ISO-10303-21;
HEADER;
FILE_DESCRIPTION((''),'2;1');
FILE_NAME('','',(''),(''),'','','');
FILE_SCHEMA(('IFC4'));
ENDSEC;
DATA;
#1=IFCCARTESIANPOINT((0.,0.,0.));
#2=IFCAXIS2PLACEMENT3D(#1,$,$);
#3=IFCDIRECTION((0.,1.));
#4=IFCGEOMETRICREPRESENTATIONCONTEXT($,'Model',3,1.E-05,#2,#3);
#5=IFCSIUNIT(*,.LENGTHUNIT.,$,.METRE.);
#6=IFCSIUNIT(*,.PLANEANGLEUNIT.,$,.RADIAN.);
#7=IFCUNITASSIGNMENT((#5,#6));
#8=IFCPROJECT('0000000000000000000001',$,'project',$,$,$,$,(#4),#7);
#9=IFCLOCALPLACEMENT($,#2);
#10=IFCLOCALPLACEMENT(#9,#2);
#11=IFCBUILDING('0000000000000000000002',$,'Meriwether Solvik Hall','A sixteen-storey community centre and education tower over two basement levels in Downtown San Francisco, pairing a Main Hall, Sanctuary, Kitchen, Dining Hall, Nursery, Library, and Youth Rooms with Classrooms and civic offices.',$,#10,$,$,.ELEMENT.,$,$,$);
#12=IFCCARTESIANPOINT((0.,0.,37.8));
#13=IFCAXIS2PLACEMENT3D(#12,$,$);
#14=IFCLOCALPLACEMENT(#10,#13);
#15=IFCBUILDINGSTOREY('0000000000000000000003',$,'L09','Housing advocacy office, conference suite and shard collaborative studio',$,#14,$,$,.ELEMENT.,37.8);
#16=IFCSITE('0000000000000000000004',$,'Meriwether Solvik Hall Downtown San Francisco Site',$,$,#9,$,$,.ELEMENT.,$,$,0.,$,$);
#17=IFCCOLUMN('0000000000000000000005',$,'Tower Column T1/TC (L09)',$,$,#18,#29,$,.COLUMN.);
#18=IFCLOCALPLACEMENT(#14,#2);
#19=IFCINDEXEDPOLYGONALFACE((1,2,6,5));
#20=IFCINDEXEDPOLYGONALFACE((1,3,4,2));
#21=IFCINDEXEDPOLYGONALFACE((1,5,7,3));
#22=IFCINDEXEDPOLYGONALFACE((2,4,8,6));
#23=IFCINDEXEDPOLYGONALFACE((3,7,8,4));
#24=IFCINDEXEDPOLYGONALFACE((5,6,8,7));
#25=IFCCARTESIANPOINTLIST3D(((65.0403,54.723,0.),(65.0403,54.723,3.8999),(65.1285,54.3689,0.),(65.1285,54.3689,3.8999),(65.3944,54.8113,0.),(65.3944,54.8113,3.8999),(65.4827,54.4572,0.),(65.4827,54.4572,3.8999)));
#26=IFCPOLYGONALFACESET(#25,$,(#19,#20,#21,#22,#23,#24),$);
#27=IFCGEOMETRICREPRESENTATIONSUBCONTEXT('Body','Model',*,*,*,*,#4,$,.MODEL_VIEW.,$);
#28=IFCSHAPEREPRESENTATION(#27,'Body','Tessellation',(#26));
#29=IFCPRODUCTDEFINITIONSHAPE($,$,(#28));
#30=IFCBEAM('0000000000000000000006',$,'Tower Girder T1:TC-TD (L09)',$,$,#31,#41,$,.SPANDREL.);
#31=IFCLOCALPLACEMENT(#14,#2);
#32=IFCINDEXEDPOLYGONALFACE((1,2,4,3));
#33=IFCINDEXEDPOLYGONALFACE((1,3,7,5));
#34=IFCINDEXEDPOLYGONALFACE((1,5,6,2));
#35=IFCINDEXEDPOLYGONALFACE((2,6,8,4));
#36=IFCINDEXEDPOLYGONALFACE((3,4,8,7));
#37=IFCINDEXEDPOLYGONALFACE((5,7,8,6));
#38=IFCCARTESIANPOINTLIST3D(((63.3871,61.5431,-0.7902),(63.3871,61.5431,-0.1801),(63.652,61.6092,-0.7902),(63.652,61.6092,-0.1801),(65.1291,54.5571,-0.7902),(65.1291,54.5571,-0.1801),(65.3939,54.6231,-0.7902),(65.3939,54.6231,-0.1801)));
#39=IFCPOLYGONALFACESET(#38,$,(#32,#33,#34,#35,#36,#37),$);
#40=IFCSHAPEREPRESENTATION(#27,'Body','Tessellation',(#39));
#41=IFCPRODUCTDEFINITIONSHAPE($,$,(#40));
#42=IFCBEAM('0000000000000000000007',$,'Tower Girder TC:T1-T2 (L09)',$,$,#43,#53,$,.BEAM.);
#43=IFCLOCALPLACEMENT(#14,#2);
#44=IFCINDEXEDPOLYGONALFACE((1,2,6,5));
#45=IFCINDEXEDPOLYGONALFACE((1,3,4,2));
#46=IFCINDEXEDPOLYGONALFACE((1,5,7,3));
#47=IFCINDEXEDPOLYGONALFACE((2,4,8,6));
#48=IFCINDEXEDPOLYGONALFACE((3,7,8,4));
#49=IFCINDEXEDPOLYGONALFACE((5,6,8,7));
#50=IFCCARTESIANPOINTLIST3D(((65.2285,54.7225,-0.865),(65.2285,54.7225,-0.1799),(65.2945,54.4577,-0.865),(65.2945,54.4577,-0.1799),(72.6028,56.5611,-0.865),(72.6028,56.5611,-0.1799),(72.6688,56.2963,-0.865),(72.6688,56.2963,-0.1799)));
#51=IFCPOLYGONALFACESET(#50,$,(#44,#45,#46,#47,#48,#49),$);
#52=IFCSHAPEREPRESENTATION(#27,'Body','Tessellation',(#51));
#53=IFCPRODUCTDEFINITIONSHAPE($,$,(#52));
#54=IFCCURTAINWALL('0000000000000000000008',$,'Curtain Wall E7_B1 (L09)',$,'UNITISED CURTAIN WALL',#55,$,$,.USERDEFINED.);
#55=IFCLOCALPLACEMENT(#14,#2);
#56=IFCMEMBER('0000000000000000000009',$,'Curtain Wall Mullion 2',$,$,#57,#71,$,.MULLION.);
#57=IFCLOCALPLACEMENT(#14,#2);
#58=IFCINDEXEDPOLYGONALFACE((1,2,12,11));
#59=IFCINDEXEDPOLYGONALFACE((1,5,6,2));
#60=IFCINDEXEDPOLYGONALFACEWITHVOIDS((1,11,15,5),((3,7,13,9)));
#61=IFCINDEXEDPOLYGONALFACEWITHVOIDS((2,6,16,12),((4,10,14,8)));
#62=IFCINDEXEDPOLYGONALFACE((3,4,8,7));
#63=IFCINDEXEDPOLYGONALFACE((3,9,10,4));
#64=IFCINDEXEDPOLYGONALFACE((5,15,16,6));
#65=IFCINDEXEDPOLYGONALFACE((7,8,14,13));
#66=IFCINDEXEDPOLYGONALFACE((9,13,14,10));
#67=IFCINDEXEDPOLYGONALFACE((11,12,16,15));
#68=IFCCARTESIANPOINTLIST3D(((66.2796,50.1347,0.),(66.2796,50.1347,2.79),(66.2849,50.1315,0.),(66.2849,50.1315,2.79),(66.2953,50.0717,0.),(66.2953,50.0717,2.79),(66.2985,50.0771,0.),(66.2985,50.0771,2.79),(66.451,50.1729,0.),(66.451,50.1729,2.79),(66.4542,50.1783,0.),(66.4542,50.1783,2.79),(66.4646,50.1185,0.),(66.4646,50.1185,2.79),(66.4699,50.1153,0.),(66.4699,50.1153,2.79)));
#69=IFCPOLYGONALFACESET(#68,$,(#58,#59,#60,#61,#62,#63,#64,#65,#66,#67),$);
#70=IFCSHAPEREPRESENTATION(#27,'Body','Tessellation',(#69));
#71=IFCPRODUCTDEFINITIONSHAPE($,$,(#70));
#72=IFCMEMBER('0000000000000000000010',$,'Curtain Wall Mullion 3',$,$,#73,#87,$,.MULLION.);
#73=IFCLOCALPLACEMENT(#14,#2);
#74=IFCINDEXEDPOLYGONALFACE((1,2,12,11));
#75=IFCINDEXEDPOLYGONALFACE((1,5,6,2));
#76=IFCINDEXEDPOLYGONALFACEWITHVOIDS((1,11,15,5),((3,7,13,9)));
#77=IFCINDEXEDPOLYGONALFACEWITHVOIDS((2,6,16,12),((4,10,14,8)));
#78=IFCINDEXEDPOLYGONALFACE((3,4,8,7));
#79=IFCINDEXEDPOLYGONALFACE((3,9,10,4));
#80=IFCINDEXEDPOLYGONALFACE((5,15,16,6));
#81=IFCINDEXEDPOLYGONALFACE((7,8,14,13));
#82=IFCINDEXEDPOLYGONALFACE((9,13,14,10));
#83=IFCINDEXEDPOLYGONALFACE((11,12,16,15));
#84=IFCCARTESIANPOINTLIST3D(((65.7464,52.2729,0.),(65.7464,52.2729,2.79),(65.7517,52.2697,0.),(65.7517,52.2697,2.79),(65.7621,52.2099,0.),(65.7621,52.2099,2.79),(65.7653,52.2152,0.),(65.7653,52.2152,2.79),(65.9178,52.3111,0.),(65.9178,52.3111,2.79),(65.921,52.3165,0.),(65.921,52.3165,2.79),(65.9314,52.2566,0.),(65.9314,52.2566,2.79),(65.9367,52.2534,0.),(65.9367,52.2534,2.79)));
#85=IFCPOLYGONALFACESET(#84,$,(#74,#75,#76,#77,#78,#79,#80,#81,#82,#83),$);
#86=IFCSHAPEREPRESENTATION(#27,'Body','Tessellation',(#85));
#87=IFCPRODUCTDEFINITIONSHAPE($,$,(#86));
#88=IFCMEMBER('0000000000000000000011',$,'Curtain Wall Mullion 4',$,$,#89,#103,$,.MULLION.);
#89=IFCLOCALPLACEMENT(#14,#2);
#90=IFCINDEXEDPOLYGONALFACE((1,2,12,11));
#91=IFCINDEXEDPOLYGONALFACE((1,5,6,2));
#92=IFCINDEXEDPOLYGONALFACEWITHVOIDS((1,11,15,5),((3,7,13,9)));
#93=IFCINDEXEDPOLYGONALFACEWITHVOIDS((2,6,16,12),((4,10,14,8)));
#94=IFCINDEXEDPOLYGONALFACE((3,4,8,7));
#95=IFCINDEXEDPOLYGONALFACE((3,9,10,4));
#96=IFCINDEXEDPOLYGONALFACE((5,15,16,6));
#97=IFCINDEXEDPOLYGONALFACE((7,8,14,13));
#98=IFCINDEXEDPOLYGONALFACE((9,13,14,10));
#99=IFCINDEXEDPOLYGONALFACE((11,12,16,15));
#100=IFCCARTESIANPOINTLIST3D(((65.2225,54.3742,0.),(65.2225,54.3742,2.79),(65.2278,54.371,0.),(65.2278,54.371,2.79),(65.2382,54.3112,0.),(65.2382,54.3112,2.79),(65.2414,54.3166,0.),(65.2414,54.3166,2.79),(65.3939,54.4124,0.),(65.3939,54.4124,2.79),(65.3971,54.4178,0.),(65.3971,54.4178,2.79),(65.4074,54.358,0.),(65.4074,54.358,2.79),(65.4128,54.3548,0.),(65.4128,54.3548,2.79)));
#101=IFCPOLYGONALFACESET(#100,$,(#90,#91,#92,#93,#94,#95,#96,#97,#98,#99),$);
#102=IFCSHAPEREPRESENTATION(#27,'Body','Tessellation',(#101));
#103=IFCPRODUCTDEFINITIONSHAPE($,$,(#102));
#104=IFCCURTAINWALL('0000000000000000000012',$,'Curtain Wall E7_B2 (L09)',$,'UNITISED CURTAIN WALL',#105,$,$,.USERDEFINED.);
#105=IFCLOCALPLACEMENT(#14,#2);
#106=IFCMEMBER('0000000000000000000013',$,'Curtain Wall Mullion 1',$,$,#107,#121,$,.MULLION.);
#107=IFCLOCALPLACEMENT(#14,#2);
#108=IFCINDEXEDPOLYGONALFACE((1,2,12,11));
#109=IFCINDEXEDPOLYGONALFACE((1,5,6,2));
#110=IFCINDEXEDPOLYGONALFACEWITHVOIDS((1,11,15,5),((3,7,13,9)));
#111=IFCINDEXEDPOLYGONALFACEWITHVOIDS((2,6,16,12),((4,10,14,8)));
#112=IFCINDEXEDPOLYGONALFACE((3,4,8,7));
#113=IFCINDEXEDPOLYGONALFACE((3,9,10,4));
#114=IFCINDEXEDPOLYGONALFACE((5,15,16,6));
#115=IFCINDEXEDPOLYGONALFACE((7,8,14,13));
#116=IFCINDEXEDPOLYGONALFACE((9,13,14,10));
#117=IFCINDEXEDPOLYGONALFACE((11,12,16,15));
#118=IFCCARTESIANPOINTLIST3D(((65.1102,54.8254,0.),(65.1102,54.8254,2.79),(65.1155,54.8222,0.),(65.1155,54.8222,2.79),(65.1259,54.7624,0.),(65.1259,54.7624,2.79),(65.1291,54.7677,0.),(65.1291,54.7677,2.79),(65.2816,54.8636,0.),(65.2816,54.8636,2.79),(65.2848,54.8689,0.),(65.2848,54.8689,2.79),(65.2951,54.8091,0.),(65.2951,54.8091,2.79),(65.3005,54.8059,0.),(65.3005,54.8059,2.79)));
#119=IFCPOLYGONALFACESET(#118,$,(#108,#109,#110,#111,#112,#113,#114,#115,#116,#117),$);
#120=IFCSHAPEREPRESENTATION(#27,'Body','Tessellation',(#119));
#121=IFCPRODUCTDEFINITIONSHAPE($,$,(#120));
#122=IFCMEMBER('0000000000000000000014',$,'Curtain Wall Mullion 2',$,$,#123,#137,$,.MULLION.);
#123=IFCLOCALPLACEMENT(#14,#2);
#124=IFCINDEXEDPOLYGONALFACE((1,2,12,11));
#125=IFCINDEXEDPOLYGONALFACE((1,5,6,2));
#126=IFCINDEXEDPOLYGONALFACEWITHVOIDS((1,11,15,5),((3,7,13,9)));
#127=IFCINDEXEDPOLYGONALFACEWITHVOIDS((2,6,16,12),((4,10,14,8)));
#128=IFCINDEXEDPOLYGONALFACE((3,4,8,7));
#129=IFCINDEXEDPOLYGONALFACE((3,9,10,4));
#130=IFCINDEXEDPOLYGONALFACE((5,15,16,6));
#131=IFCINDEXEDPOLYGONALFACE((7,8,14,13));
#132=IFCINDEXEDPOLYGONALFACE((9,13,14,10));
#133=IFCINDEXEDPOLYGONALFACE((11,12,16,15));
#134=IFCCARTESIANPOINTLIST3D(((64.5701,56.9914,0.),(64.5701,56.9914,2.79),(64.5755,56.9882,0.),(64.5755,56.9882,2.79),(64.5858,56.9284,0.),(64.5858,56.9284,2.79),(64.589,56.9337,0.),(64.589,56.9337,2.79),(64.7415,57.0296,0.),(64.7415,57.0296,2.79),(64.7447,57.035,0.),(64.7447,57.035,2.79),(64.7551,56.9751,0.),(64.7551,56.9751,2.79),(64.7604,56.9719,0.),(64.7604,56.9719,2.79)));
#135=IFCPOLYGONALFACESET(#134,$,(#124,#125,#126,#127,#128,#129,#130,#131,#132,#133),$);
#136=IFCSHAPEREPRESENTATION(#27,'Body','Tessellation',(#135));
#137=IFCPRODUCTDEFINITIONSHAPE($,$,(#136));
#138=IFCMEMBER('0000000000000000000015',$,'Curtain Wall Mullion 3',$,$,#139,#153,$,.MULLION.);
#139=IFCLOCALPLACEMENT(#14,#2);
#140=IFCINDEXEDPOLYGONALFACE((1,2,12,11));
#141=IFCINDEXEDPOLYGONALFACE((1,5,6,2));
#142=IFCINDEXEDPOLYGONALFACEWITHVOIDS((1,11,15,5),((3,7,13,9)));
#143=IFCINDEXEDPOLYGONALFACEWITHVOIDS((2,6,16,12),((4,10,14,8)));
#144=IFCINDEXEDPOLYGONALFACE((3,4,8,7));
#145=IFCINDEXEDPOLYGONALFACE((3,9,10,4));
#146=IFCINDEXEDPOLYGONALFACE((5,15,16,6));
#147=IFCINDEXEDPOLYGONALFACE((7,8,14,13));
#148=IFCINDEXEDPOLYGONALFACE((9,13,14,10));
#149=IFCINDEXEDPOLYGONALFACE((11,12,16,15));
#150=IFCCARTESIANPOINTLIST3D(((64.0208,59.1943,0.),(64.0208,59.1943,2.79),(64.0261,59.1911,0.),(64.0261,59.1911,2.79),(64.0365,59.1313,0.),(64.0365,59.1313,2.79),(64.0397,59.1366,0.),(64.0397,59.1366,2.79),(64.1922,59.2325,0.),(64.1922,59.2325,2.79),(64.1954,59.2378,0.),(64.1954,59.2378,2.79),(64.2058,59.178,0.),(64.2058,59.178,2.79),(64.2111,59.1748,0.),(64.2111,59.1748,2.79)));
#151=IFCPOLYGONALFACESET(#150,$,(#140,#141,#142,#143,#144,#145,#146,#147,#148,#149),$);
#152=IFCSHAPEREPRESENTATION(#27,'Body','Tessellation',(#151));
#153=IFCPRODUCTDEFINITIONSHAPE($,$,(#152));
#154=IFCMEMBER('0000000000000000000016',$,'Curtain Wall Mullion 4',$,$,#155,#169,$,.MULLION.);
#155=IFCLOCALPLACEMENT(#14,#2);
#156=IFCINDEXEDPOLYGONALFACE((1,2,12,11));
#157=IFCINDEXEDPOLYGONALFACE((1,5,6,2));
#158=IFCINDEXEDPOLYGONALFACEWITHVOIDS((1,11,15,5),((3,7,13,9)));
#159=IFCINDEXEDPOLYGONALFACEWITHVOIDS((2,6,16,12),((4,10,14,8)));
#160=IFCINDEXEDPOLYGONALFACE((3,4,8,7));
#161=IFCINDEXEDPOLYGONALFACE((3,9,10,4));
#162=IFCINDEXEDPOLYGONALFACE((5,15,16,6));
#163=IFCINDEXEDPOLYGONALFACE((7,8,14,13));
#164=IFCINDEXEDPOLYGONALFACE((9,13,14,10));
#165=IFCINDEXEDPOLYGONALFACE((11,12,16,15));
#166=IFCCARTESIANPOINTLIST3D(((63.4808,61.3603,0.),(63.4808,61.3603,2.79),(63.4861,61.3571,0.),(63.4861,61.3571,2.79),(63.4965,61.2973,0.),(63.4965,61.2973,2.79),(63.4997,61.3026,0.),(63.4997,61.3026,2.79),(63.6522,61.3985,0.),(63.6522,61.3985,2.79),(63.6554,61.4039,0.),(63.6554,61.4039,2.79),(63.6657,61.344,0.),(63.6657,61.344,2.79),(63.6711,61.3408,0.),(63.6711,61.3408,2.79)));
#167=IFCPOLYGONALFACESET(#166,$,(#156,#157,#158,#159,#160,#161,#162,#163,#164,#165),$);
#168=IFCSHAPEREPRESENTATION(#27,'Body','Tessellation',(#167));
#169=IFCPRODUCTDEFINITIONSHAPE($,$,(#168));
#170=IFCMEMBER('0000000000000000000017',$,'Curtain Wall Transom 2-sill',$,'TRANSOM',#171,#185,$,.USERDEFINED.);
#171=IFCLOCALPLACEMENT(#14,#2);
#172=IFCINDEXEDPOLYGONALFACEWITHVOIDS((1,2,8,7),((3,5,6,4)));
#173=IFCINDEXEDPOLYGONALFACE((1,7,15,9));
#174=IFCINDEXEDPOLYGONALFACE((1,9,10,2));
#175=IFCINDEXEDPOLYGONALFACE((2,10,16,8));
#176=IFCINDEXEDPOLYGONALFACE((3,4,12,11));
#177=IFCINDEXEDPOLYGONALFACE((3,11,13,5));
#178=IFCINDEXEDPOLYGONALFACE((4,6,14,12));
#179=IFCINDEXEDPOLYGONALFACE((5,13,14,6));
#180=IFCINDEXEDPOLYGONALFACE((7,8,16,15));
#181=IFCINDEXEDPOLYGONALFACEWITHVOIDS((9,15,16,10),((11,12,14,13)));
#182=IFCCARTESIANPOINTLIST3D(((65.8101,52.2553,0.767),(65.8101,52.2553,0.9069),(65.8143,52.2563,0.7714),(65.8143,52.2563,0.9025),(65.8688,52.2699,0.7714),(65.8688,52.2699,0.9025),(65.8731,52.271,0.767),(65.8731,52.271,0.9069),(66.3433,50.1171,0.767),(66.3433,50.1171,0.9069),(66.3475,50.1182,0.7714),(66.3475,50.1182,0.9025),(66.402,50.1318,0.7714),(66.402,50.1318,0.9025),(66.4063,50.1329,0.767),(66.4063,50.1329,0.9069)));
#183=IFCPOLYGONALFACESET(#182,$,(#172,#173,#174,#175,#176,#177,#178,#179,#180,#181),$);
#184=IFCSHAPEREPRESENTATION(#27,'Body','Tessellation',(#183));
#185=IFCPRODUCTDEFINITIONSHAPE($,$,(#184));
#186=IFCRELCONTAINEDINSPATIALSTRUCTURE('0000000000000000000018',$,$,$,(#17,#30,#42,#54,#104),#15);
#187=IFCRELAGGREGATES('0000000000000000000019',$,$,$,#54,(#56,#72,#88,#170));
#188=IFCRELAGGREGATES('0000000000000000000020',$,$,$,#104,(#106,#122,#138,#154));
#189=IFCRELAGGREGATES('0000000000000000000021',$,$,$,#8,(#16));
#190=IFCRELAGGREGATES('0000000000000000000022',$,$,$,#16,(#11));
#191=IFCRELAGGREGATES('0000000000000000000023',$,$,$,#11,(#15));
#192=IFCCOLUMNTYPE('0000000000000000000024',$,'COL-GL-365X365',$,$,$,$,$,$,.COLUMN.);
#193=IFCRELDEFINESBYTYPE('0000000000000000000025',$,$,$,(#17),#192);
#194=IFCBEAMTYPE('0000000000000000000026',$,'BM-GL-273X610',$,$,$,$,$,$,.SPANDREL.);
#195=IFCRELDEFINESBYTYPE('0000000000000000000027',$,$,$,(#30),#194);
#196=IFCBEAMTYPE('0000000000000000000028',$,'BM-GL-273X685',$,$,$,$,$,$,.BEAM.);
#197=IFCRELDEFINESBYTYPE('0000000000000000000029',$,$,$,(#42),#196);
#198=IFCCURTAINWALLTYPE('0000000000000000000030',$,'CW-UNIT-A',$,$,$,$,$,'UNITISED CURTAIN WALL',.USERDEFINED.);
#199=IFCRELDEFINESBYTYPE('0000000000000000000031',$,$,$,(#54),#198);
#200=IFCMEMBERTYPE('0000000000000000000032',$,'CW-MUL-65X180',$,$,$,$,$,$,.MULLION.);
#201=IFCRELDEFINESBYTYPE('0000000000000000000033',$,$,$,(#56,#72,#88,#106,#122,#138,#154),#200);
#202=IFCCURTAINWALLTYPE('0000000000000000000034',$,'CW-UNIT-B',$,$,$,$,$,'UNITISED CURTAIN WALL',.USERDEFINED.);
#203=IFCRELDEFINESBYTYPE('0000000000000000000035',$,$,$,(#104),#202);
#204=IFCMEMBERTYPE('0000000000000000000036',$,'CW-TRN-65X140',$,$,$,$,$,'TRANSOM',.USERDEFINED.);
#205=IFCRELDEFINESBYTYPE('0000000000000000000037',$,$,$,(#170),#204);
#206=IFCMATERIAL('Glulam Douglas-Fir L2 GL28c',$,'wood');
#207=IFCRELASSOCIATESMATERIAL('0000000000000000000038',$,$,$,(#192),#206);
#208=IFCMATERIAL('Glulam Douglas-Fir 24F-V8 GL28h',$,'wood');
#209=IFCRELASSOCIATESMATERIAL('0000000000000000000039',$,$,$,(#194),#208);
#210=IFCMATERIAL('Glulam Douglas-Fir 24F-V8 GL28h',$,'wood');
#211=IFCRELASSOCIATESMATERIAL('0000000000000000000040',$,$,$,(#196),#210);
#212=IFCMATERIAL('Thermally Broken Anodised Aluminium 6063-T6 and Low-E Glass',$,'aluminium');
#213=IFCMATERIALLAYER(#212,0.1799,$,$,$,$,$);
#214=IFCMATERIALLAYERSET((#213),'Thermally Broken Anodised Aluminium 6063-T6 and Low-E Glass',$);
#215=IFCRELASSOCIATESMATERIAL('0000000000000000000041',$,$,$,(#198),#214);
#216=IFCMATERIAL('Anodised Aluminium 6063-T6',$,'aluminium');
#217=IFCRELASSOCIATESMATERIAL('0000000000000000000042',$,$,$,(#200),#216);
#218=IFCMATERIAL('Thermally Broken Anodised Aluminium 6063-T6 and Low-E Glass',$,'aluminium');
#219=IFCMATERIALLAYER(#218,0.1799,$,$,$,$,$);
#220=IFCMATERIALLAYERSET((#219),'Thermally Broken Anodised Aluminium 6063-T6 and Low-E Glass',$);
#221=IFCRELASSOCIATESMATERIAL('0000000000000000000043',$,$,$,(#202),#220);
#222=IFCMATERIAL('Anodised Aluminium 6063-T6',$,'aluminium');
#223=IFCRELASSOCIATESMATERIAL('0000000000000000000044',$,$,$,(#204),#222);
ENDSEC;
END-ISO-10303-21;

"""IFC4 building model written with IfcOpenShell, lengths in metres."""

from ifc_helpers import new_model, si_unit, direction, frame, origin, origin_2d, place, context, subcontext, project, spatial, rectangle, hollow_rectangle, extrude, material, layer, layer_set, material_profile, profile_set, type_object, element, aggregate, save


model = new_model("IFC4")

# Units and contexts
model_context = context("Model", 3, precision=1e-05, world=origin(), true_north=direction((0.0, 1.0)))
body_context = subcontext(model_context, "Body", "Model", "MODEL_VIEW")
ifc_project = project(units=[si_unit("LENGTHUNIT", "METRE"), si_unit("PLANEANGLEUNIT", "RADIAN")], contexts=[model_context])

# Site, building, storey
site_placement = place(None, origin())
site = spatial("IfcSite", under=ifc_project, at=site_placement, Name="Meriwether Solvik Hall Downtown San Francisco Site", CompositionType="ELEMENT", RefElevation=0.0)
building_placement = place(site_placement, origin())
building = spatial("IfcBuilding", under=site, at=building_placement, Name="Meriwether Solvik Hall", Description="A sixteen-storey community centre and education tower over two basement levels in Downtown San Francisco, pairing a Main Hall, Sanctuary, Kitchen, Dining Hall, Nursery, Library, and Youth Rooms with Classrooms and civic offices.", CompositionType="ELEMENT")
storey_placement = place(building_placement, frame((0.0, 0.0, 37.8)))
storey = spatial("IfcBuildingStorey", under=building, at=storey_placement, Name="L09", Description="Housing advocacy office, conference suite and shard collaborative studio", CompositionType="ELEMENT", Elevation=37.8)

# Column
ifc_material_1 = material(Name="Glulam Douglas-Fir L2 GL28c", Category="wood")
ifc_material_profile_1 = material_profile(ifc_material_1, rectangle(XDim=0.365, YDim=0.365, at=origin_2d()), Name="GLC-365X365")
ifc_profile_set_1 = profile_set([ifc_material_profile_1], Name="Glulam Douglas-Fir L2 GL28c")
column_type = type_object("IfcColumnType", Name="COL-GL-365X365", PredefinedType="COLUMN", material=ifc_profile_set_1)
column_placement = place(storey_placement, frame((65.2615, 54.5901, 0.0), z_axis=(0.0, 0.0, 1.0), x_axis=(0.970296, 0.241922, 0.0)))
element("IfcColumn", 1, at=column_placement, inside=storey, type_object=column_type, Name="Tower Column T1/TC (L09)", PredefinedType="COLUMN", context=body_context, shape_type="SweptSolid", body=[
    extrude(rectangle(XDim=0.365, YDim=0.365, at=origin_2d()), origin(), (0.0, 0.0, 1.0), 3.8999),
])

# Beams
ifc_material_2 = material(Name="Glulam Douglas-Fir 24F-V8 GL28h", Category="wood")
ifc_material_profile_2 = material_profile(ifc_material_2, rectangle(XDim=0.2729, YDim=0.6101, at=origin_2d()), Name="GLB-273X610")
ifc_profile_set_2 = profile_set([ifc_material_profile_2], Name="Glulam Douglas-Fir 24F-V8 GL28h")
beam_type_1 = type_object("IfcBeamType", Name="BM-GL-273X610", PredefinedType="SPANDREL", material=ifc_profile_set_2)
beam_1_placement = place(storey_placement, frame((65.2615, 54.5901, -0.4851), z_axis=(-0.241937, 0.970292, 0.0), x_axis=(-0.970292, -0.241937, 0.0)))
element("IfcBeam", 2, at=beam_1_placement, inside=storey, type_object=beam_type_1, Name="Tower Girder T1:TC-TD (L09)", PredefinedType="SPANDREL", context=body_context, shape_type="SweptSolid", body=[
    extrude(rectangle(XDim=0.2729, YDim=0.6101, at=origin_2d()), origin(), (0.0, 0.0, 1.0), 7.2),
])
ifc_material_3 = material(Name="Glulam Douglas-Fir 24F-V8 GL28h", Category="wood")
ifc_material_profile_3 = material_profile(ifc_material_3, rectangle(XDim=0.2729, YDim=0.6851, at=origin_2d()), Name="GLB-273X685")
ifc_profile_set_3 = profile_set([ifc_material_profile_3], Name="Glulam Douglas-Fir 24F-V8 GL28h")
beam_type_2 = type_object("IfcBeamType", Name="BM-GL-273X685", PredefinedType="BEAM", material=ifc_profile_set_3)
beam_2_placement = place(storey_placement, frame((65.2615, 54.5901, -0.5225), z_axis=(0.970295, 0.241923, 0.0), x_axis=(-0.241923, 0.970295, 0.0)))
element("IfcBeam", 3, at=beam_2_placement, inside=storey, type_object=beam_type_2, Name="Tower Girder TC:T1-T2 (L09)", PredefinedType="BEAM", context=body_context, shape_type="SweptSolid", body=[
    extrude(rectangle(XDim=0.2729, YDim=0.6851, at=origin_2d()), origin(), (0.0, 0.0, 1.0), 7.6001),
])

# Curtain walls, members
ifc_material_4 = material(Name="Thermally Broken Anodised Aluminium 6063-T6 and Low-E Glass", Category="aluminium")
ifc_layer_1 = layer(ifc_material_4, 0.1799)
ifc_layer_set_1 = layer_set([ifc_layer_1], Name="Thermally Broken Anodised Aluminium 6063-T6 and Low-E Glass")
curtain_wall_type_1 = type_object("IfcCurtainWallType", Name="CW-UNIT-A", ElementType="UNITISED CURTAIN WALL", PredefinedType="USERDEFINED", material=ifc_layer_set_1)
curtain_wall_1_placement = place(storey_placement, origin())
curtain_wall_1 = element("IfcCurtainWall", 4, at=curtain_wall_1_placement, inside=storey, type_object=curtain_wall_type_1, Name="Curtain Wall E7_B1 (L09)", ObjectType="UNITISED CURTAIN WALL", PredefinedType="USERDEFINED")
ifc_material_5 = material(Name="Anodised Aluminium 6063-T6", Category="aluminium")
ifc_material_profile_4 = material_profile(ifc_material_5, hollow_rectangle(XDim=0.0649, YDim=0.1799, WallThickness=0.0044, at=origin_2d()), Name="CWM-65X180")
ifc_profile_set_4 = profile_set([ifc_material_profile_4], Name="Anodised Aluminium 6063-T6")
member_type_1 = type_object("IfcMemberType", Name="CW-MUL-65X180", PredefinedType="MULLION", material=ifc_profile_set_4)
member_1_placement = place(storey_placement, frame((66.3748, 50.125, 0.0), z_axis=(0.0, 0.0, 1.0), x_axis=(-0.241922, 0.970296, 0.0)))
member_1 = element("IfcMember", 5, at=member_1_placement, type_object=member_type_1, Name="Curtain Wall Mullion 2", PredefinedType="MULLION", context=body_context, shape_type="SweptSolid", body=[
    extrude(hollow_rectangle(XDim=0.0649, YDim=0.1799, WallThickness=0.0044, at=origin_2d()), origin(), (0.0, 0.0, 1.0), 2.79),
])
member_2_placement = place(storey_placement, frame((65.8416, 52.2632, 0.0), z_axis=(0.0, 0.0, 1.0), x_axis=(-0.241922, 0.970296, 0.0)))
member_2 = element("IfcMember", 6, at=member_2_placement, type_object=member_type_1, Name="Curtain Wall Mullion 3", PredefinedType="MULLION", context=body_context, shape_type="SweptSolid", body=[
    extrude(hollow_rectangle(XDim=0.0649, YDim=0.1799, WallThickness=0.0044, at=origin_2d()), origin(), (0.0, 0.0, 1.0), 2.79),
])
member_3_placement = place(storey_placement, frame((65.3176, 54.3645, 0.0), z_axis=(0.0, 0.0, 1.0), x_axis=(-0.241922, 0.970296, 0.0)))
member_3 = element("IfcMember", 7, at=member_3_placement, type_object=member_type_1, Name="Curtain Wall Mullion 4", PredefinedType="MULLION", context=body_context, shape_type="SweptSolid", body=[
    extrude(hollow_rectangle(XDim=0.0649, YDim=0.1799, WallThickness=0.0044, at=origin_2d()), origin(), (0.0, 0.0, 1.0), 2.79),
])
ifc_material_6 = material(Name="Thermally Broken Anodised Aluminium 6063-T6 and Low-E Glass", Category="aluminium")
ifc_layer_2 = layer(ifc_material_6, 0.1799)
ifc_layer_set_2 = layer_set([ifc_layer_2], Name="Thermally Broken Anodised Aluminium 6063-T6 and Low-E Glass")
curtain_wall_type_2 = type_object("IfcCurtainWallType", Name="CW-UNIT-B", ElementType="UNITISED CURTAIN WALL", PredefinedType="USERDEFINED", material=ifc_layer_set_2)
curtain_wall_2_placement = place(storey_placement, origin())
curtain_wall_2 = element("IfcCurtainWall", 8, at=curtain_wall_2_placement, inside=storey, type_object=curtain_wall_type_2, Name="Curtain Wall E7_B2 (L09)", ObjectType="UNITISED CURTAIN WALL", PredefinedType="USERDEFINED")
member_4_placement = place(storey_placement, frame((65.2053, 54.8157, 0.0), z_axis=(0.0, 0.0, 1.0), x_axis=(-0.241922, 0.970296, 0.0)))
member_4 = element("IfcMember", 9, at=member_4_placement, type_object=member_type_1, Name="Curtain Wall Mullion 1", PredefinedType="MULLION", context=body_context, shape_type="SweptSolid", body=[
    extrude(hollow_rectangle(XDim=0.0649, YDim=0.1799, WallThickness=0.0044, at=origin_2d()), origin(), (0.0, 0.0, 1.0), 2.79),
])
member_5_placement = place(storey_placement, frame((64.6653, 56.9817, 0.0), z_axis=(0.0, 0.0, 1.0), x_axis=(-0.241922, 0.970296, 0.0)))
member_5 = element("IfcMember", 10, at=member_5_placement, type_object=member_type_1, Name="Curtain Wall Mullion 2", PredefinedType="MULLION", context=body_context, shape_type="SweptSolid", body=[
    extrude(hollow_rectangle(XDim=0.0649, YDim=0.1799, WallThickness=0.0044, at=origin_2d()), origin(), (0.0, 0.0, 1.0), 2.79),
])
member_6_placement = place(storey_placement, frame((64.116, 59.1846, 0.0), z_axis=(0.0, 0.0, 1.0), x_axis=(-0.241922, 0.970296, 0.0)))
member_6 = element("IfcMember", 11, at=member_6_placement, type_object=member_type_1, Name="Curtain Wall Mullion 3", PredefinedType="MULLION", context=body_context, shape_type="SweptSolid", body=[
    extrude(hollow_rectangle(XDim=0.0649, YDim=0.1799, WallThickness=0.0044, at=origin_2d()), origin(), (0.0, 0.0, 1.0), 2.79),
])
member_7_placement = place(storey_placement, frame((63.5759, 61.3506, 0.0), z_axis=(0.0, 0.0, 1.0), x_axis=(-0.241922, 0.970296, 0.0)))
member_7 = element("IfcMember", 12, at=member_7_placement, type_object=member_type_1, Name="Curtain Wall Mullion 4", PredefinedType="MULLION", context=body_context, shape_type="SweptSolid", body=[
    extrude(hollow_rectangle(XDim=0.0649, YDim=0.1799, WallThickness=0.0044, at=origin_2d()), origin(), (0.0, 0.0, 1.0), 2.79),
])

# Member
ifc_material_7 = material(Name="Anodised Aluminium 6063-T6", Category="aluminium")
ifc_material_profile_5 = material_profile(ifc_material_7, hollow_rectangle(XDim=0.0649, YDim=0.1399, WallThickness=0.0044, at=origin_2d()), Name="CWT-65X140")
ifc_profile_set_5 = profile_set([ifc_material_profile_5], Name="Anodised Aluminium 6063-T6")
member_type_2 = type_object("IfcMemberType", Name="CW-TRN-65X140", ElementType="TRANSOM", PredefinedType="USERDEFINED", material=ifc_profile_set_5)
member_8_placement = place(storey_placement, frame((66.3748, 50.125, 0.8369), z_axis=(-0.241962, 0.970286, 0.0), x_axis=(-0.970286, -0.241962, 0.0)))
member_8 = element("IfcMember", 13, at=member_8_placement, type_object=member_type_2, Name="Curtain Wall Transom 2-sill", ObjectType="TRANSOM", PredefinedType="USERDEFINED", context=body_context, shape_type="SweptSolid", body=[
    extrude(hollow_rectangle(XDim=0.0649, YDim=0.1399, WallThickness=0.0044, at=origin_2d()), origin(), (0.0, 0.0, 1.0), 2.2036),
])

aggregate(curtain_wall_1, [member_1, member_2, member_3, member_8])
aggregate(curtain_wall_2, [member_4, member_5, member_6, member_7])

save(model, "model.ifc")
